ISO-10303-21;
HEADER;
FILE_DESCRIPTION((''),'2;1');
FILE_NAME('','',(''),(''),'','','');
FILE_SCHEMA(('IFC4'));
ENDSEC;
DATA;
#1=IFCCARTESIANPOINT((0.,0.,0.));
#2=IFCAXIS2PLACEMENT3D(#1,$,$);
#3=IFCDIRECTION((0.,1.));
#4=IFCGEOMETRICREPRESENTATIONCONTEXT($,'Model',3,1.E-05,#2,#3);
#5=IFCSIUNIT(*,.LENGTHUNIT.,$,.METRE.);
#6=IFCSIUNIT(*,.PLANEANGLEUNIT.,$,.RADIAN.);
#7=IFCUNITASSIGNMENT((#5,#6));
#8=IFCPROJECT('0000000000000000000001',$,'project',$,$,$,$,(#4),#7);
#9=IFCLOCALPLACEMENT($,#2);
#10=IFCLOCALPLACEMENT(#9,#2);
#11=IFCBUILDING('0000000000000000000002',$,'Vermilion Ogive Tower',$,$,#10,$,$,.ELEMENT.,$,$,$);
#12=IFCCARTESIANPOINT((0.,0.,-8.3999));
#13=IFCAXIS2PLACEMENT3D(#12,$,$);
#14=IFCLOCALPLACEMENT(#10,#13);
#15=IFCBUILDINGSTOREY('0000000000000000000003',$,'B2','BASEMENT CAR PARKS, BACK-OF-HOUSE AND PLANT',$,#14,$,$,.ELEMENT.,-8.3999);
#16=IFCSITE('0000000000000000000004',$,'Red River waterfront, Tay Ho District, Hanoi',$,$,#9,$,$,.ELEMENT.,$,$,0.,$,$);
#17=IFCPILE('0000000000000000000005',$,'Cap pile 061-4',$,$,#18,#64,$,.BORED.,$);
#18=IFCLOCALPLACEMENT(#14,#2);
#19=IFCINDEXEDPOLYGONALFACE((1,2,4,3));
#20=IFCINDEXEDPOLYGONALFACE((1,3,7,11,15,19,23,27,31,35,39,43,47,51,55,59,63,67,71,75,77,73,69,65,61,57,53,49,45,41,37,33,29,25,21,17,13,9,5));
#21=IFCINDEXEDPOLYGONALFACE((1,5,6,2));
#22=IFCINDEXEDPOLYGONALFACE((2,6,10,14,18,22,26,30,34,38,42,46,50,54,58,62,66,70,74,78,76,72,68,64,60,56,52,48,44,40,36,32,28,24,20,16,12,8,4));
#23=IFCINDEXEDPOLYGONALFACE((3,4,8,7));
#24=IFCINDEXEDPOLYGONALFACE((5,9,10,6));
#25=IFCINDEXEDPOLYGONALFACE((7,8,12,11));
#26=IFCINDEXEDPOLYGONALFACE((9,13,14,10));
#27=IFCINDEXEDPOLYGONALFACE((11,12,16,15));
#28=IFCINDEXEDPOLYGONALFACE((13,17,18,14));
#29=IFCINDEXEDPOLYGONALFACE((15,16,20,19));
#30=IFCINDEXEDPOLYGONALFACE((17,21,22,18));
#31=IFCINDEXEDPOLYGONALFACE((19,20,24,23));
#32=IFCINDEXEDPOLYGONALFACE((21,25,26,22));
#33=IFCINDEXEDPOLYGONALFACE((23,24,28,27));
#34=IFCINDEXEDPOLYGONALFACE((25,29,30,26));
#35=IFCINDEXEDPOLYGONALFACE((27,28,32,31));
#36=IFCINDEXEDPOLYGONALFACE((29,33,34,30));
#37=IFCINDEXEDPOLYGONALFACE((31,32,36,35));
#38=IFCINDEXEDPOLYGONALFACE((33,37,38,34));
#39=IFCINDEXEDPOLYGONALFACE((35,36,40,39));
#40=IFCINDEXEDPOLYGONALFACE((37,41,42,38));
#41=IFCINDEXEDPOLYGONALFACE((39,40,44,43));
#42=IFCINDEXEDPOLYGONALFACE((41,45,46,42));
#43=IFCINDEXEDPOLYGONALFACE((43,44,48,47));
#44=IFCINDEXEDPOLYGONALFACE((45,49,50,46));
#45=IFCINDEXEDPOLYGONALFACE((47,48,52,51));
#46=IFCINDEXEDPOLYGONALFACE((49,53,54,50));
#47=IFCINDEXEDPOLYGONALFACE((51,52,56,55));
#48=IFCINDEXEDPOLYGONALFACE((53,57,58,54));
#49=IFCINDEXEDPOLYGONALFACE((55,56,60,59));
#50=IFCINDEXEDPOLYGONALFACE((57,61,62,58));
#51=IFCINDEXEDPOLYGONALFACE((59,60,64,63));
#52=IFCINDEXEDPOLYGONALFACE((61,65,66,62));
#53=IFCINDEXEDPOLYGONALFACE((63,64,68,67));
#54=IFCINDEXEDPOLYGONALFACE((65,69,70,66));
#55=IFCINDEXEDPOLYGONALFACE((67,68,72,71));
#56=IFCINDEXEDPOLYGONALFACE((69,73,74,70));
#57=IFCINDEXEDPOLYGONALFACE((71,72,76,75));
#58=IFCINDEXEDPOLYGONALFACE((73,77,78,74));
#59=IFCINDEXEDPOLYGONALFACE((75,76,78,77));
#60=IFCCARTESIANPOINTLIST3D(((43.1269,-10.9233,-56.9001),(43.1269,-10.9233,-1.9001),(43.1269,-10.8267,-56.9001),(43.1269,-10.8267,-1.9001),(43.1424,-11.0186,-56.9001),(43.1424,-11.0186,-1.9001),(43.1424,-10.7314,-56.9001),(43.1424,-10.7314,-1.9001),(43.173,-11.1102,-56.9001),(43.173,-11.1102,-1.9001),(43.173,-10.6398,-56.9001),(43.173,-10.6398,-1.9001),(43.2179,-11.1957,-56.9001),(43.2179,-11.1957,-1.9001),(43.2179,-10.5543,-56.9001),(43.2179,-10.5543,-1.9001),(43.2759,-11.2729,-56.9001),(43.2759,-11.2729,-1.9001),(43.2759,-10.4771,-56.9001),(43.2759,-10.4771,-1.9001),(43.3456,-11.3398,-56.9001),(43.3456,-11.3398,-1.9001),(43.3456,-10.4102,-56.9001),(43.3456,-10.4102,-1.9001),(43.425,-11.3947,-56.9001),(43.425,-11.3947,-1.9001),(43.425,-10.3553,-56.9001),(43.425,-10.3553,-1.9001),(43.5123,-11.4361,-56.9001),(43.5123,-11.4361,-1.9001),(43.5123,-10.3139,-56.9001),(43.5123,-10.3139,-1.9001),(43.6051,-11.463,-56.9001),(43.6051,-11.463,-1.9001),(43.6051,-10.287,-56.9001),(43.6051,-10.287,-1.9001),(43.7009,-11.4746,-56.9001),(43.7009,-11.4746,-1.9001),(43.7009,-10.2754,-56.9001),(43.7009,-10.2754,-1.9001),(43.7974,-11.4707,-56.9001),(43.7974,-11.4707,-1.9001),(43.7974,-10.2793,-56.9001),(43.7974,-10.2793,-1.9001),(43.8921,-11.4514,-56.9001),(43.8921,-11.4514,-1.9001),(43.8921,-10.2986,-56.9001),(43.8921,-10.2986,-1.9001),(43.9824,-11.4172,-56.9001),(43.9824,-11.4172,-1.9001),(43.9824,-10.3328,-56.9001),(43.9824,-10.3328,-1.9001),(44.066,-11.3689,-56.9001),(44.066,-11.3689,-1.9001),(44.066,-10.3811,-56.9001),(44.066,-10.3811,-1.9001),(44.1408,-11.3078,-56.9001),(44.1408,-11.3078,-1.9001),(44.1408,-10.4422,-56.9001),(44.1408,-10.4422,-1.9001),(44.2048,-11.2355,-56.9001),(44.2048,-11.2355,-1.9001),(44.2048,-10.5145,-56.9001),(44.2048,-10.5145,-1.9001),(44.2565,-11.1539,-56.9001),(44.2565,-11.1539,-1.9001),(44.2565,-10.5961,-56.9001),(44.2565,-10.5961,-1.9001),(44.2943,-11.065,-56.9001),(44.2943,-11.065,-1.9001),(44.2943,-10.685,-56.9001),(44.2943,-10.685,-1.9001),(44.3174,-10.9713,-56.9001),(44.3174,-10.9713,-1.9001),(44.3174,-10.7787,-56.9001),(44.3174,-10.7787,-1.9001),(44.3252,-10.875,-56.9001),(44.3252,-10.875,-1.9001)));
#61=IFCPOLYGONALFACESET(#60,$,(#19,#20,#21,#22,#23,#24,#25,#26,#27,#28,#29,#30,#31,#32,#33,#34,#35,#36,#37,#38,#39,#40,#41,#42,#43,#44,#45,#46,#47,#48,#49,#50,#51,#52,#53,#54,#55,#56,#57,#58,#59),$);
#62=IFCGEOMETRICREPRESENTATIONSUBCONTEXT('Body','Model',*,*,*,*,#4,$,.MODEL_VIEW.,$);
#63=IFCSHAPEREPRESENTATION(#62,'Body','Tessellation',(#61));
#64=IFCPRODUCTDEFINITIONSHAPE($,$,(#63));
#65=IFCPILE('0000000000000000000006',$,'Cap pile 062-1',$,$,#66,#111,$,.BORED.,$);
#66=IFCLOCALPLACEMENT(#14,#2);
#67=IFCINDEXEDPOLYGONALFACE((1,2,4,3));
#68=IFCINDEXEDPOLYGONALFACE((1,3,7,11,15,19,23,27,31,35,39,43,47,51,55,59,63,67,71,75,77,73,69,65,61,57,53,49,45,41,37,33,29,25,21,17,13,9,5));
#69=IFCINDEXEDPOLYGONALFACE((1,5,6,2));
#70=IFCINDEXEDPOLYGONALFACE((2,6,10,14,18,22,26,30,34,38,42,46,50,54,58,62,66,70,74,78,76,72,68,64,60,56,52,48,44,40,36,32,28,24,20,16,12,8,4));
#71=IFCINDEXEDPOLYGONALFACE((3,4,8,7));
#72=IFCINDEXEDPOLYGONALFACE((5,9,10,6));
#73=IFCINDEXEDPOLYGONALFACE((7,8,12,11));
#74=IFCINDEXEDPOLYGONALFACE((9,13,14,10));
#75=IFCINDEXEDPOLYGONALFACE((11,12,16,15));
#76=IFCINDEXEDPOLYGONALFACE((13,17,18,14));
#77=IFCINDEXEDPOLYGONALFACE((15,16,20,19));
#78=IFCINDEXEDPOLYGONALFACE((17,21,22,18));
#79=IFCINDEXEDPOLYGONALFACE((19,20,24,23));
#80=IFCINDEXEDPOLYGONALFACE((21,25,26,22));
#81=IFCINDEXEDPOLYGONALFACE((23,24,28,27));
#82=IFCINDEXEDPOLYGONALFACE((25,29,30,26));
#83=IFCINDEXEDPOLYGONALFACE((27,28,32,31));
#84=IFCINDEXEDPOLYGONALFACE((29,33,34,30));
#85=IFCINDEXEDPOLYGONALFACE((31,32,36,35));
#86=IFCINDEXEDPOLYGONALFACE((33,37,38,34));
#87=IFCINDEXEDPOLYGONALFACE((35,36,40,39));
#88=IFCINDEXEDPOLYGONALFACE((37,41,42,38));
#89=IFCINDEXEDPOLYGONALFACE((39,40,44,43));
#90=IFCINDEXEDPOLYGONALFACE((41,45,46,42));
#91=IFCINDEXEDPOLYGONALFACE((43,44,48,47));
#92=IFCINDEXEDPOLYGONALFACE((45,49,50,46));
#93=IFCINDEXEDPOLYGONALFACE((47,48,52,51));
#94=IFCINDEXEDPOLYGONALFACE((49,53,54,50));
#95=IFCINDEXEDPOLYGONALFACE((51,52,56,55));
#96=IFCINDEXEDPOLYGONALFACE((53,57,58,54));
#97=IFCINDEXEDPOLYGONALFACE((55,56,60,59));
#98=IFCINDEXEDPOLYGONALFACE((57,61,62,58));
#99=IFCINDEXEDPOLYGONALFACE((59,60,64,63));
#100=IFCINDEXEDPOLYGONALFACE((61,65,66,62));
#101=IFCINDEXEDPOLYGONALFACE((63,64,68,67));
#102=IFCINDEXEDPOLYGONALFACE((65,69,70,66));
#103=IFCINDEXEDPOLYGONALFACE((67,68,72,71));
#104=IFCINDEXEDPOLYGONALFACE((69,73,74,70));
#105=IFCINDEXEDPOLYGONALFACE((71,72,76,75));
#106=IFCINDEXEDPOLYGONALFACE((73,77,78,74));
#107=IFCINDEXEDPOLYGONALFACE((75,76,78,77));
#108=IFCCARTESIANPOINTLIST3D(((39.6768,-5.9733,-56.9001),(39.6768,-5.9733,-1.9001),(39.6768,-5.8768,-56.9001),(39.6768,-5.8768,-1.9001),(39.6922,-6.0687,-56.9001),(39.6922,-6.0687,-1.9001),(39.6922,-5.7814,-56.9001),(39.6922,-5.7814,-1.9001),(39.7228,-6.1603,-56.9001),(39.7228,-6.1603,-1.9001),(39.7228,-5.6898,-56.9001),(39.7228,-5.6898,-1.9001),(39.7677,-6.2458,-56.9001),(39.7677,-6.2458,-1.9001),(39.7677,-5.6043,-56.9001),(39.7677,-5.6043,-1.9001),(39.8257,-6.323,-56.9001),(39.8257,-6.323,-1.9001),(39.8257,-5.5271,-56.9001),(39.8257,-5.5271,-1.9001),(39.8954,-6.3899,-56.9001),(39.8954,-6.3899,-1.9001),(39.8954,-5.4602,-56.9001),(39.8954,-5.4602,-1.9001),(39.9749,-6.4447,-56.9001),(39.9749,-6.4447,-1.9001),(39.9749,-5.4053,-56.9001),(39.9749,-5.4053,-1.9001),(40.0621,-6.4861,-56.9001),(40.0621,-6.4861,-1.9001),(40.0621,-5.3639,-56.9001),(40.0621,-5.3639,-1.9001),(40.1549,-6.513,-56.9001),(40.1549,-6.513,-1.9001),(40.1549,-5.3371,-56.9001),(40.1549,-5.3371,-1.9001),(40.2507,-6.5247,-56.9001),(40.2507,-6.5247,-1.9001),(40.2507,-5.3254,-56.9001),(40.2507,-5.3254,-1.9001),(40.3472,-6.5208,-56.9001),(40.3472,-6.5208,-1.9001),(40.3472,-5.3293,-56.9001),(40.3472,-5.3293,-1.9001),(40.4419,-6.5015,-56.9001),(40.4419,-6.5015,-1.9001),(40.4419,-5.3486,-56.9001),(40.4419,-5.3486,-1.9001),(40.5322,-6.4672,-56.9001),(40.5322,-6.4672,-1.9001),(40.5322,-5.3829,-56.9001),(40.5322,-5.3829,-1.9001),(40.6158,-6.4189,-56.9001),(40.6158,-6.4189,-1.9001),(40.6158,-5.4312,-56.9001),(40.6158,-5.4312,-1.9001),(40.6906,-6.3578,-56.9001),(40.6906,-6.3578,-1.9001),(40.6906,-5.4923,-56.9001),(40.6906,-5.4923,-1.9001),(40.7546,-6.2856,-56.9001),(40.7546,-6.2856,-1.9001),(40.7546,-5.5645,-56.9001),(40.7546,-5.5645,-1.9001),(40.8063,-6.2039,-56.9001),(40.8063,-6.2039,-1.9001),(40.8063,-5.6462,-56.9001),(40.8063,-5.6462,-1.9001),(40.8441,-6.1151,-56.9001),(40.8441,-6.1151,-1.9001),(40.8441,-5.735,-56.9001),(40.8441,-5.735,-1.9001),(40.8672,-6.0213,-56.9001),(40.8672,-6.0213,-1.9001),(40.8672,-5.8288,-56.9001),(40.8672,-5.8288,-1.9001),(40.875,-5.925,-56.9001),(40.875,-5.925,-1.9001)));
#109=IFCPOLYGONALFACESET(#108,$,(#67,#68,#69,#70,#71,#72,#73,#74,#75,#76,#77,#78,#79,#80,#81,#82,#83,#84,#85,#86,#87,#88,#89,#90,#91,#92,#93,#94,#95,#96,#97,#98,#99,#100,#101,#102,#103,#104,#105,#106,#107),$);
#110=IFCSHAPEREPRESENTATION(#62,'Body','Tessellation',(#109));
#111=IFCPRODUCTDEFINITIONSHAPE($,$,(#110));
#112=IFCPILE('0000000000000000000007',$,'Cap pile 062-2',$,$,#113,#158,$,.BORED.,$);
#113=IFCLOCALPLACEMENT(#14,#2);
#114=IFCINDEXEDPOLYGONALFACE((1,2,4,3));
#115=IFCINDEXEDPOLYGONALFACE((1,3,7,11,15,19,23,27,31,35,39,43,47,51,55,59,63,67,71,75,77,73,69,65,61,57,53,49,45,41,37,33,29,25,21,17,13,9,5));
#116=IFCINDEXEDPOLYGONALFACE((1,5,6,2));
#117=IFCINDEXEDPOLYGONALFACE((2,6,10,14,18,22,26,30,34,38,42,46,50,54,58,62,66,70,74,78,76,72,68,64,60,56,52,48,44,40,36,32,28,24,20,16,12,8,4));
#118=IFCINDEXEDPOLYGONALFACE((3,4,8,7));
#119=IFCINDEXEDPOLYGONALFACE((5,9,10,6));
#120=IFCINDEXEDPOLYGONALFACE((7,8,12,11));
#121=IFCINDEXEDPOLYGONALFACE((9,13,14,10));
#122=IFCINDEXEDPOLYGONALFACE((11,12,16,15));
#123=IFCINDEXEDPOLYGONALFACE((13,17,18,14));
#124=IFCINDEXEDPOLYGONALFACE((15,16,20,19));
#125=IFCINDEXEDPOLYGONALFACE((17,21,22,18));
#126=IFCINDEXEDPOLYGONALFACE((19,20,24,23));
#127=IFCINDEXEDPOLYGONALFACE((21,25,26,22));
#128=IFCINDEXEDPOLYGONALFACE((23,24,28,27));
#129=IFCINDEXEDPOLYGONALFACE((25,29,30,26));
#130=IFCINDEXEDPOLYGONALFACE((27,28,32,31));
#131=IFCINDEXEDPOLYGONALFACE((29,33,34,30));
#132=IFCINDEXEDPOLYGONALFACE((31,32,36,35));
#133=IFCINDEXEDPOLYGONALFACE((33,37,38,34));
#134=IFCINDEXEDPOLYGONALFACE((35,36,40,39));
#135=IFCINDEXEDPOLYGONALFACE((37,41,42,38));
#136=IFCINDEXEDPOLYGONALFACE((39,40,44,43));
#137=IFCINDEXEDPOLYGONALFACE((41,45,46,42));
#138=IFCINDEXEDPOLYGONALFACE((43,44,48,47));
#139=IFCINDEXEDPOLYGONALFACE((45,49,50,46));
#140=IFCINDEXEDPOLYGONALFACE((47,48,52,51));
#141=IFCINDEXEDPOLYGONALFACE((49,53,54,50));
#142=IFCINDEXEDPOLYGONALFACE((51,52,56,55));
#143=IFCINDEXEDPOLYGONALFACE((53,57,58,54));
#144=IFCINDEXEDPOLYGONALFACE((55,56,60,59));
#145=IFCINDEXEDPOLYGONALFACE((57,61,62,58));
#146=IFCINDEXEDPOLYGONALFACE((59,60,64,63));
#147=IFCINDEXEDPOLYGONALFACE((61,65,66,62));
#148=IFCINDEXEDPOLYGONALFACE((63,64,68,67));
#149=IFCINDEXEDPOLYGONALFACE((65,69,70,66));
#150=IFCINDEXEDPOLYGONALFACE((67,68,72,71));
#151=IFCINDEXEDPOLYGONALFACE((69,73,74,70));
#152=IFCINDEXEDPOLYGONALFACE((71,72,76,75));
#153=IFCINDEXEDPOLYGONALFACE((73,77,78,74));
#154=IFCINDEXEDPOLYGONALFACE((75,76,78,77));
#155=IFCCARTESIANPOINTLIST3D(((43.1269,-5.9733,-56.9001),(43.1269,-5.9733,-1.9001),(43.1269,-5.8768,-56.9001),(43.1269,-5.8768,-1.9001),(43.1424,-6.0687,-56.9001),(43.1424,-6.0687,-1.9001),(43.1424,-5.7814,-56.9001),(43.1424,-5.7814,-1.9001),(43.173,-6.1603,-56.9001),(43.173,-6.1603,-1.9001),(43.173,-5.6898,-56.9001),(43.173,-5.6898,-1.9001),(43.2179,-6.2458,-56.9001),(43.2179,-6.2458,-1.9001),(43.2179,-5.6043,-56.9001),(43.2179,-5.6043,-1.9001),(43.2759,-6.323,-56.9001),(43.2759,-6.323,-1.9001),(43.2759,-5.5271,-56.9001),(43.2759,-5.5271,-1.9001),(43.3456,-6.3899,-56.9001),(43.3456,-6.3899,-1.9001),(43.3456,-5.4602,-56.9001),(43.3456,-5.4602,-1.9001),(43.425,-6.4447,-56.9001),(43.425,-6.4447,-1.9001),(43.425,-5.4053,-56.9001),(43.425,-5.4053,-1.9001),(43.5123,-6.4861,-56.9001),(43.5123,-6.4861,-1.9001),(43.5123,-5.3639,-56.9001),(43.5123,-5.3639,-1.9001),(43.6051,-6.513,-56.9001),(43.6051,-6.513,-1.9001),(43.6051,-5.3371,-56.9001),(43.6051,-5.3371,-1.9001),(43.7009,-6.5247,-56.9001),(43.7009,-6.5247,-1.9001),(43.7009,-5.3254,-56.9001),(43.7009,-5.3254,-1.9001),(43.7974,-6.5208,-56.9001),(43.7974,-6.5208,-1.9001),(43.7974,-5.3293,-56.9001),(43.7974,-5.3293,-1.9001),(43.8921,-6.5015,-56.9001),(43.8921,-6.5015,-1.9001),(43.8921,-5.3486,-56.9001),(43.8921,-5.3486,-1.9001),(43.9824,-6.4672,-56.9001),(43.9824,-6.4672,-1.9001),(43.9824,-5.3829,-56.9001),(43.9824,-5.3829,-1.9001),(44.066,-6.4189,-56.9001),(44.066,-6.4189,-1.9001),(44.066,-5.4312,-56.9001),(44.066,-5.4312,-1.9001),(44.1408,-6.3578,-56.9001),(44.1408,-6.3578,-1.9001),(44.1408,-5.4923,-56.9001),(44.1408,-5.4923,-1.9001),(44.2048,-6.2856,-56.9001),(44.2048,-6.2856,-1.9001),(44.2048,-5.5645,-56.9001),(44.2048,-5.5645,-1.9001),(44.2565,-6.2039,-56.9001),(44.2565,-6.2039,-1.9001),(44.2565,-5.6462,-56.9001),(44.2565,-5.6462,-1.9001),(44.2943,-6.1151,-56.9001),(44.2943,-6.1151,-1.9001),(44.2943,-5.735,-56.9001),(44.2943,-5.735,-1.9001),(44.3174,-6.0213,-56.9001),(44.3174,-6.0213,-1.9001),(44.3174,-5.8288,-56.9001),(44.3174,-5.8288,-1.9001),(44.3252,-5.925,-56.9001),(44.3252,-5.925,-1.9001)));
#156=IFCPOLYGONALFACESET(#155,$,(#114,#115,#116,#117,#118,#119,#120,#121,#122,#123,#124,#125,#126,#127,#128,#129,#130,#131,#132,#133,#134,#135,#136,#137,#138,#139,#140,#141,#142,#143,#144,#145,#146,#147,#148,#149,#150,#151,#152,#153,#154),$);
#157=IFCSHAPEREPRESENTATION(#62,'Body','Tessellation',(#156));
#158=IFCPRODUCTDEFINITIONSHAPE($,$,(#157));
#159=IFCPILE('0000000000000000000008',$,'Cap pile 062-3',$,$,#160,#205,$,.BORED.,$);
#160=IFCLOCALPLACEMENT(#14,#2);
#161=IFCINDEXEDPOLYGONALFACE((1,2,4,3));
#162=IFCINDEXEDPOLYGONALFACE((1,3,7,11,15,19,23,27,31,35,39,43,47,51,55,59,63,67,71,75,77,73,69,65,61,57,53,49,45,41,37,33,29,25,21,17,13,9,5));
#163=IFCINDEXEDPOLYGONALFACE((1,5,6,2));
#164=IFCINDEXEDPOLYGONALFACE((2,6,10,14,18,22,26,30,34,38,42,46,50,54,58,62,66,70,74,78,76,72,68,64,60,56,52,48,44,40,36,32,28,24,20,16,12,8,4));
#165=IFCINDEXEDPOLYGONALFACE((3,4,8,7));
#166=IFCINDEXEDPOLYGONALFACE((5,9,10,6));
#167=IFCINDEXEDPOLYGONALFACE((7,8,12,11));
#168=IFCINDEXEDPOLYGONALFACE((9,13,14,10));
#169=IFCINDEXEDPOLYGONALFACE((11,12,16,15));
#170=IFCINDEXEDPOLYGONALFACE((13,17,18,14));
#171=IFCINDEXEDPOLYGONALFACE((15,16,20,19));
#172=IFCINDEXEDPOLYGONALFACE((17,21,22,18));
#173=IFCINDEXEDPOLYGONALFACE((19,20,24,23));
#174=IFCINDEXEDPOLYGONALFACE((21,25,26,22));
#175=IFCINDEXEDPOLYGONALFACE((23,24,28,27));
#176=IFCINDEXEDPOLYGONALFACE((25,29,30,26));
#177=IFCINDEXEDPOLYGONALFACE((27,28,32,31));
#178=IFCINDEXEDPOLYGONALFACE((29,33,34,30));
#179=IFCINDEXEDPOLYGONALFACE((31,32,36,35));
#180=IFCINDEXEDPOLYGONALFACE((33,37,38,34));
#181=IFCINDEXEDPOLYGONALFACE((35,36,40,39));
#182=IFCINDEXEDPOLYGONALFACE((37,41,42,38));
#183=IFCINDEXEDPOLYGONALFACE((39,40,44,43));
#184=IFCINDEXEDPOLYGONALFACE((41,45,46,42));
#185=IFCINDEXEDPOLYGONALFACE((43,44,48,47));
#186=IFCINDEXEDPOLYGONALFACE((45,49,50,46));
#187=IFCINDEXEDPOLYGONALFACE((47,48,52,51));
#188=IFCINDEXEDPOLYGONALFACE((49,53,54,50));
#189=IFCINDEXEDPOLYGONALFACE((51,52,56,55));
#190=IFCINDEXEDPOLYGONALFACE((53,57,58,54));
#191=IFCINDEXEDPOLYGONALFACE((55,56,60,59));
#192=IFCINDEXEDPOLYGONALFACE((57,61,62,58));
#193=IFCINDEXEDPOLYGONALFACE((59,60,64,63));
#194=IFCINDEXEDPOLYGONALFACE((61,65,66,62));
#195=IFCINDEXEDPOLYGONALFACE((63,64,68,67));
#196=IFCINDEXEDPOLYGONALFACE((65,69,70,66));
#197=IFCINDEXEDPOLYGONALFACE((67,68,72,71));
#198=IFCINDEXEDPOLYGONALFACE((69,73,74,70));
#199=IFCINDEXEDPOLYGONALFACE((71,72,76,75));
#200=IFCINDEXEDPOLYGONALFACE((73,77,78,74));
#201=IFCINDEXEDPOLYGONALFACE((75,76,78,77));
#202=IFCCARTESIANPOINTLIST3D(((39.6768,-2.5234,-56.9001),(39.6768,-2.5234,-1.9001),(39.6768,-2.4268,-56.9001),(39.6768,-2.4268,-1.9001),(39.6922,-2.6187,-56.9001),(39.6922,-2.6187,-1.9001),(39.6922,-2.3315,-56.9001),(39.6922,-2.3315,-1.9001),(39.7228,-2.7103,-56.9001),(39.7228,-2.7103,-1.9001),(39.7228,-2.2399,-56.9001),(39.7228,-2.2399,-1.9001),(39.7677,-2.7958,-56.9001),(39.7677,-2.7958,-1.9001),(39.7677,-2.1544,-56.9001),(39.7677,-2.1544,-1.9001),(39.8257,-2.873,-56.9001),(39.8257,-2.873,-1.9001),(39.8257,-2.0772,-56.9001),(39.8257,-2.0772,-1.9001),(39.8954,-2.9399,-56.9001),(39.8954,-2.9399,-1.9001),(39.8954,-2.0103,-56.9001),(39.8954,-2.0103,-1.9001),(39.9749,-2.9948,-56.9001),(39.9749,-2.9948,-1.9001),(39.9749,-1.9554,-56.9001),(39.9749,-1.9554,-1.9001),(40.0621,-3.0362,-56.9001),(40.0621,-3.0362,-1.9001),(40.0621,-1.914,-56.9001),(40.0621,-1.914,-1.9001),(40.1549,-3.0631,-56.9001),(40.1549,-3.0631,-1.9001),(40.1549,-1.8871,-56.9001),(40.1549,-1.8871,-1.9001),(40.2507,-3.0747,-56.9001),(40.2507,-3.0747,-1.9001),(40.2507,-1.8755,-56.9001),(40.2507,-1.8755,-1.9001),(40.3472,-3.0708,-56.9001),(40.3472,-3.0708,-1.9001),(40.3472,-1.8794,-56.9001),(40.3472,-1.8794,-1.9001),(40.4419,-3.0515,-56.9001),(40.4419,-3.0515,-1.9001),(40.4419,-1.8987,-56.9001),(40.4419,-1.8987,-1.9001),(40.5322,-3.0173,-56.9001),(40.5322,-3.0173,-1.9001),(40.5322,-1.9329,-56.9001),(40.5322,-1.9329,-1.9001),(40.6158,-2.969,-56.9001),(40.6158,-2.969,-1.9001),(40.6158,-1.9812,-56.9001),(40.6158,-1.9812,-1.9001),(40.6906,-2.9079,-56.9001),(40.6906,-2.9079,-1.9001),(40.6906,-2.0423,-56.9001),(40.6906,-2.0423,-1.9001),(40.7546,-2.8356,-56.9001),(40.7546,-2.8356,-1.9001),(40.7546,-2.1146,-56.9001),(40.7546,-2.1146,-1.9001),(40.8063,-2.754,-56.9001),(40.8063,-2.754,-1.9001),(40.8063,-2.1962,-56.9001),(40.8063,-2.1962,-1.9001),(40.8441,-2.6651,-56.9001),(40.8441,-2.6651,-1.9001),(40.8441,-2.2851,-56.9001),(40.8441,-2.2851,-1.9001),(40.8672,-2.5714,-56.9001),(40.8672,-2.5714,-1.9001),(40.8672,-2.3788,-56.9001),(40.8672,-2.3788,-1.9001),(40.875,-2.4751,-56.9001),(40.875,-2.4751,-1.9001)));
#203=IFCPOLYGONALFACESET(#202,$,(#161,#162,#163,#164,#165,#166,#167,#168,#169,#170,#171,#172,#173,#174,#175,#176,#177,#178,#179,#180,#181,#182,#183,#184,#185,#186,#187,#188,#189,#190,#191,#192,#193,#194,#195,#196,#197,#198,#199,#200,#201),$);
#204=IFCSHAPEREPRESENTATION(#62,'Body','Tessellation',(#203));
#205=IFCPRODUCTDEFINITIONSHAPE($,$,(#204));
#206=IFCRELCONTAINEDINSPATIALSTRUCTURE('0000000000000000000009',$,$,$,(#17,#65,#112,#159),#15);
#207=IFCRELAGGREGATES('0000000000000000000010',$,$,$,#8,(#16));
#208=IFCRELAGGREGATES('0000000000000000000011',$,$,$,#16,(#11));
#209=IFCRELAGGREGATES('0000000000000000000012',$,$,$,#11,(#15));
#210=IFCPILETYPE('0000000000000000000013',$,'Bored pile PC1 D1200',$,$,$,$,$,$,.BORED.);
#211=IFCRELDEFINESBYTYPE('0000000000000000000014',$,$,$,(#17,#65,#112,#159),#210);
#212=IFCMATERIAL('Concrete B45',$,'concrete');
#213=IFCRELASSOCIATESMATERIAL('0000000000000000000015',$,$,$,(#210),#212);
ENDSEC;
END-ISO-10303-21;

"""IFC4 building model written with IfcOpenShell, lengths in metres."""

from ifc_helpers import new_model, si_unit, direction, frame, origin, origin_2d, place, context, subcontext, project, spatial, circle, extrude, material, type_object, element, save


model = new_model("IFC4")

# Units and contexts
model_context = context("Model", 3, precision=1e-05, world=origin(), true_north=direction((0.0, 1.0)))
body_context = subcontext(model_context, "Body", "Model", "MODEL_VIEW")
ifc_project = project(units=[si_unit("LENGTHUNIT", "METRE"), si_unit("PLANEANGLEUNIT", "RADIAN")], contexts=[model_context])

# Site, building, storey
site_placement = place(None, origin())
site = spatial("IfcSite", under=ifc_project, at=site_placement, Name="Red River waterfront, Tay Ho District, Hanoi", CompositionType="ELEMENT", RefElevation=0.0)
building_placement = place(site_placement, origin())
building = spatial("IfcBuilding", under=site, at=building_placement, Name="Vermilion Ogive Tower", CompositionType="ELEMENT")
storey_placement = place(building_placement, frame((0.0, 0.0, -8.3999)))
storey = spatial("IfcBuildingStorey", under=building, at=storey_placement, Name="B2", Description="BASEMENT CAR PARKS, BACK-OF-HOUSE AND PLANT", CompositionType="ELEMENT", Elevation=-8.3999)

# Piles
ifc_material_1 = material(Name="Concrete B45", Category="concrete")
pile_type = type_object("IfcPileType", Name="Bored pile PC1 D1200", PredefinedType="BORED", material=ifc_material_1)
for number, where, z_axis, x_axis, name in (
    (1, (43.7251, -10.875, -1.9001), (0.0, 0.0, -1.0), (1.0, 0.0, 0.0), "Cap pile 061-4"),
    (2, (40.2749, -5.925, -1.9001), (0.0, 0.0, -1.0), (1.0, 0.0, 0.0), "Cap pile 062-1"),
    (3, (43.7251, -5.925, -1.9001), (0.0, 0.0, -1.0), (1.0, 0.0, 0.0), "Cap pile 062-2"),
    (4, (40.2749, -2.4751, -1.9001), (0.0, 0.0, -1.0), (1.0, 0.0, 0.0), "Cap pile 062-3"),
):
    element("IfcPile", number, at=place(storey_placement, frame(where, z_axis=z_axis, x_axis=x_axis)), inside=storey, type_object=pile_type, Name=name, PredefinedType="BORED", context=body_context, shape_type="SweptSolid", body=[
        extrude(circle(Radius=0.6001, at=origin_2d()), origin(), (0.0, 0.0, 1.0), 55.0),
    ])

save(model, "model.ifc")
